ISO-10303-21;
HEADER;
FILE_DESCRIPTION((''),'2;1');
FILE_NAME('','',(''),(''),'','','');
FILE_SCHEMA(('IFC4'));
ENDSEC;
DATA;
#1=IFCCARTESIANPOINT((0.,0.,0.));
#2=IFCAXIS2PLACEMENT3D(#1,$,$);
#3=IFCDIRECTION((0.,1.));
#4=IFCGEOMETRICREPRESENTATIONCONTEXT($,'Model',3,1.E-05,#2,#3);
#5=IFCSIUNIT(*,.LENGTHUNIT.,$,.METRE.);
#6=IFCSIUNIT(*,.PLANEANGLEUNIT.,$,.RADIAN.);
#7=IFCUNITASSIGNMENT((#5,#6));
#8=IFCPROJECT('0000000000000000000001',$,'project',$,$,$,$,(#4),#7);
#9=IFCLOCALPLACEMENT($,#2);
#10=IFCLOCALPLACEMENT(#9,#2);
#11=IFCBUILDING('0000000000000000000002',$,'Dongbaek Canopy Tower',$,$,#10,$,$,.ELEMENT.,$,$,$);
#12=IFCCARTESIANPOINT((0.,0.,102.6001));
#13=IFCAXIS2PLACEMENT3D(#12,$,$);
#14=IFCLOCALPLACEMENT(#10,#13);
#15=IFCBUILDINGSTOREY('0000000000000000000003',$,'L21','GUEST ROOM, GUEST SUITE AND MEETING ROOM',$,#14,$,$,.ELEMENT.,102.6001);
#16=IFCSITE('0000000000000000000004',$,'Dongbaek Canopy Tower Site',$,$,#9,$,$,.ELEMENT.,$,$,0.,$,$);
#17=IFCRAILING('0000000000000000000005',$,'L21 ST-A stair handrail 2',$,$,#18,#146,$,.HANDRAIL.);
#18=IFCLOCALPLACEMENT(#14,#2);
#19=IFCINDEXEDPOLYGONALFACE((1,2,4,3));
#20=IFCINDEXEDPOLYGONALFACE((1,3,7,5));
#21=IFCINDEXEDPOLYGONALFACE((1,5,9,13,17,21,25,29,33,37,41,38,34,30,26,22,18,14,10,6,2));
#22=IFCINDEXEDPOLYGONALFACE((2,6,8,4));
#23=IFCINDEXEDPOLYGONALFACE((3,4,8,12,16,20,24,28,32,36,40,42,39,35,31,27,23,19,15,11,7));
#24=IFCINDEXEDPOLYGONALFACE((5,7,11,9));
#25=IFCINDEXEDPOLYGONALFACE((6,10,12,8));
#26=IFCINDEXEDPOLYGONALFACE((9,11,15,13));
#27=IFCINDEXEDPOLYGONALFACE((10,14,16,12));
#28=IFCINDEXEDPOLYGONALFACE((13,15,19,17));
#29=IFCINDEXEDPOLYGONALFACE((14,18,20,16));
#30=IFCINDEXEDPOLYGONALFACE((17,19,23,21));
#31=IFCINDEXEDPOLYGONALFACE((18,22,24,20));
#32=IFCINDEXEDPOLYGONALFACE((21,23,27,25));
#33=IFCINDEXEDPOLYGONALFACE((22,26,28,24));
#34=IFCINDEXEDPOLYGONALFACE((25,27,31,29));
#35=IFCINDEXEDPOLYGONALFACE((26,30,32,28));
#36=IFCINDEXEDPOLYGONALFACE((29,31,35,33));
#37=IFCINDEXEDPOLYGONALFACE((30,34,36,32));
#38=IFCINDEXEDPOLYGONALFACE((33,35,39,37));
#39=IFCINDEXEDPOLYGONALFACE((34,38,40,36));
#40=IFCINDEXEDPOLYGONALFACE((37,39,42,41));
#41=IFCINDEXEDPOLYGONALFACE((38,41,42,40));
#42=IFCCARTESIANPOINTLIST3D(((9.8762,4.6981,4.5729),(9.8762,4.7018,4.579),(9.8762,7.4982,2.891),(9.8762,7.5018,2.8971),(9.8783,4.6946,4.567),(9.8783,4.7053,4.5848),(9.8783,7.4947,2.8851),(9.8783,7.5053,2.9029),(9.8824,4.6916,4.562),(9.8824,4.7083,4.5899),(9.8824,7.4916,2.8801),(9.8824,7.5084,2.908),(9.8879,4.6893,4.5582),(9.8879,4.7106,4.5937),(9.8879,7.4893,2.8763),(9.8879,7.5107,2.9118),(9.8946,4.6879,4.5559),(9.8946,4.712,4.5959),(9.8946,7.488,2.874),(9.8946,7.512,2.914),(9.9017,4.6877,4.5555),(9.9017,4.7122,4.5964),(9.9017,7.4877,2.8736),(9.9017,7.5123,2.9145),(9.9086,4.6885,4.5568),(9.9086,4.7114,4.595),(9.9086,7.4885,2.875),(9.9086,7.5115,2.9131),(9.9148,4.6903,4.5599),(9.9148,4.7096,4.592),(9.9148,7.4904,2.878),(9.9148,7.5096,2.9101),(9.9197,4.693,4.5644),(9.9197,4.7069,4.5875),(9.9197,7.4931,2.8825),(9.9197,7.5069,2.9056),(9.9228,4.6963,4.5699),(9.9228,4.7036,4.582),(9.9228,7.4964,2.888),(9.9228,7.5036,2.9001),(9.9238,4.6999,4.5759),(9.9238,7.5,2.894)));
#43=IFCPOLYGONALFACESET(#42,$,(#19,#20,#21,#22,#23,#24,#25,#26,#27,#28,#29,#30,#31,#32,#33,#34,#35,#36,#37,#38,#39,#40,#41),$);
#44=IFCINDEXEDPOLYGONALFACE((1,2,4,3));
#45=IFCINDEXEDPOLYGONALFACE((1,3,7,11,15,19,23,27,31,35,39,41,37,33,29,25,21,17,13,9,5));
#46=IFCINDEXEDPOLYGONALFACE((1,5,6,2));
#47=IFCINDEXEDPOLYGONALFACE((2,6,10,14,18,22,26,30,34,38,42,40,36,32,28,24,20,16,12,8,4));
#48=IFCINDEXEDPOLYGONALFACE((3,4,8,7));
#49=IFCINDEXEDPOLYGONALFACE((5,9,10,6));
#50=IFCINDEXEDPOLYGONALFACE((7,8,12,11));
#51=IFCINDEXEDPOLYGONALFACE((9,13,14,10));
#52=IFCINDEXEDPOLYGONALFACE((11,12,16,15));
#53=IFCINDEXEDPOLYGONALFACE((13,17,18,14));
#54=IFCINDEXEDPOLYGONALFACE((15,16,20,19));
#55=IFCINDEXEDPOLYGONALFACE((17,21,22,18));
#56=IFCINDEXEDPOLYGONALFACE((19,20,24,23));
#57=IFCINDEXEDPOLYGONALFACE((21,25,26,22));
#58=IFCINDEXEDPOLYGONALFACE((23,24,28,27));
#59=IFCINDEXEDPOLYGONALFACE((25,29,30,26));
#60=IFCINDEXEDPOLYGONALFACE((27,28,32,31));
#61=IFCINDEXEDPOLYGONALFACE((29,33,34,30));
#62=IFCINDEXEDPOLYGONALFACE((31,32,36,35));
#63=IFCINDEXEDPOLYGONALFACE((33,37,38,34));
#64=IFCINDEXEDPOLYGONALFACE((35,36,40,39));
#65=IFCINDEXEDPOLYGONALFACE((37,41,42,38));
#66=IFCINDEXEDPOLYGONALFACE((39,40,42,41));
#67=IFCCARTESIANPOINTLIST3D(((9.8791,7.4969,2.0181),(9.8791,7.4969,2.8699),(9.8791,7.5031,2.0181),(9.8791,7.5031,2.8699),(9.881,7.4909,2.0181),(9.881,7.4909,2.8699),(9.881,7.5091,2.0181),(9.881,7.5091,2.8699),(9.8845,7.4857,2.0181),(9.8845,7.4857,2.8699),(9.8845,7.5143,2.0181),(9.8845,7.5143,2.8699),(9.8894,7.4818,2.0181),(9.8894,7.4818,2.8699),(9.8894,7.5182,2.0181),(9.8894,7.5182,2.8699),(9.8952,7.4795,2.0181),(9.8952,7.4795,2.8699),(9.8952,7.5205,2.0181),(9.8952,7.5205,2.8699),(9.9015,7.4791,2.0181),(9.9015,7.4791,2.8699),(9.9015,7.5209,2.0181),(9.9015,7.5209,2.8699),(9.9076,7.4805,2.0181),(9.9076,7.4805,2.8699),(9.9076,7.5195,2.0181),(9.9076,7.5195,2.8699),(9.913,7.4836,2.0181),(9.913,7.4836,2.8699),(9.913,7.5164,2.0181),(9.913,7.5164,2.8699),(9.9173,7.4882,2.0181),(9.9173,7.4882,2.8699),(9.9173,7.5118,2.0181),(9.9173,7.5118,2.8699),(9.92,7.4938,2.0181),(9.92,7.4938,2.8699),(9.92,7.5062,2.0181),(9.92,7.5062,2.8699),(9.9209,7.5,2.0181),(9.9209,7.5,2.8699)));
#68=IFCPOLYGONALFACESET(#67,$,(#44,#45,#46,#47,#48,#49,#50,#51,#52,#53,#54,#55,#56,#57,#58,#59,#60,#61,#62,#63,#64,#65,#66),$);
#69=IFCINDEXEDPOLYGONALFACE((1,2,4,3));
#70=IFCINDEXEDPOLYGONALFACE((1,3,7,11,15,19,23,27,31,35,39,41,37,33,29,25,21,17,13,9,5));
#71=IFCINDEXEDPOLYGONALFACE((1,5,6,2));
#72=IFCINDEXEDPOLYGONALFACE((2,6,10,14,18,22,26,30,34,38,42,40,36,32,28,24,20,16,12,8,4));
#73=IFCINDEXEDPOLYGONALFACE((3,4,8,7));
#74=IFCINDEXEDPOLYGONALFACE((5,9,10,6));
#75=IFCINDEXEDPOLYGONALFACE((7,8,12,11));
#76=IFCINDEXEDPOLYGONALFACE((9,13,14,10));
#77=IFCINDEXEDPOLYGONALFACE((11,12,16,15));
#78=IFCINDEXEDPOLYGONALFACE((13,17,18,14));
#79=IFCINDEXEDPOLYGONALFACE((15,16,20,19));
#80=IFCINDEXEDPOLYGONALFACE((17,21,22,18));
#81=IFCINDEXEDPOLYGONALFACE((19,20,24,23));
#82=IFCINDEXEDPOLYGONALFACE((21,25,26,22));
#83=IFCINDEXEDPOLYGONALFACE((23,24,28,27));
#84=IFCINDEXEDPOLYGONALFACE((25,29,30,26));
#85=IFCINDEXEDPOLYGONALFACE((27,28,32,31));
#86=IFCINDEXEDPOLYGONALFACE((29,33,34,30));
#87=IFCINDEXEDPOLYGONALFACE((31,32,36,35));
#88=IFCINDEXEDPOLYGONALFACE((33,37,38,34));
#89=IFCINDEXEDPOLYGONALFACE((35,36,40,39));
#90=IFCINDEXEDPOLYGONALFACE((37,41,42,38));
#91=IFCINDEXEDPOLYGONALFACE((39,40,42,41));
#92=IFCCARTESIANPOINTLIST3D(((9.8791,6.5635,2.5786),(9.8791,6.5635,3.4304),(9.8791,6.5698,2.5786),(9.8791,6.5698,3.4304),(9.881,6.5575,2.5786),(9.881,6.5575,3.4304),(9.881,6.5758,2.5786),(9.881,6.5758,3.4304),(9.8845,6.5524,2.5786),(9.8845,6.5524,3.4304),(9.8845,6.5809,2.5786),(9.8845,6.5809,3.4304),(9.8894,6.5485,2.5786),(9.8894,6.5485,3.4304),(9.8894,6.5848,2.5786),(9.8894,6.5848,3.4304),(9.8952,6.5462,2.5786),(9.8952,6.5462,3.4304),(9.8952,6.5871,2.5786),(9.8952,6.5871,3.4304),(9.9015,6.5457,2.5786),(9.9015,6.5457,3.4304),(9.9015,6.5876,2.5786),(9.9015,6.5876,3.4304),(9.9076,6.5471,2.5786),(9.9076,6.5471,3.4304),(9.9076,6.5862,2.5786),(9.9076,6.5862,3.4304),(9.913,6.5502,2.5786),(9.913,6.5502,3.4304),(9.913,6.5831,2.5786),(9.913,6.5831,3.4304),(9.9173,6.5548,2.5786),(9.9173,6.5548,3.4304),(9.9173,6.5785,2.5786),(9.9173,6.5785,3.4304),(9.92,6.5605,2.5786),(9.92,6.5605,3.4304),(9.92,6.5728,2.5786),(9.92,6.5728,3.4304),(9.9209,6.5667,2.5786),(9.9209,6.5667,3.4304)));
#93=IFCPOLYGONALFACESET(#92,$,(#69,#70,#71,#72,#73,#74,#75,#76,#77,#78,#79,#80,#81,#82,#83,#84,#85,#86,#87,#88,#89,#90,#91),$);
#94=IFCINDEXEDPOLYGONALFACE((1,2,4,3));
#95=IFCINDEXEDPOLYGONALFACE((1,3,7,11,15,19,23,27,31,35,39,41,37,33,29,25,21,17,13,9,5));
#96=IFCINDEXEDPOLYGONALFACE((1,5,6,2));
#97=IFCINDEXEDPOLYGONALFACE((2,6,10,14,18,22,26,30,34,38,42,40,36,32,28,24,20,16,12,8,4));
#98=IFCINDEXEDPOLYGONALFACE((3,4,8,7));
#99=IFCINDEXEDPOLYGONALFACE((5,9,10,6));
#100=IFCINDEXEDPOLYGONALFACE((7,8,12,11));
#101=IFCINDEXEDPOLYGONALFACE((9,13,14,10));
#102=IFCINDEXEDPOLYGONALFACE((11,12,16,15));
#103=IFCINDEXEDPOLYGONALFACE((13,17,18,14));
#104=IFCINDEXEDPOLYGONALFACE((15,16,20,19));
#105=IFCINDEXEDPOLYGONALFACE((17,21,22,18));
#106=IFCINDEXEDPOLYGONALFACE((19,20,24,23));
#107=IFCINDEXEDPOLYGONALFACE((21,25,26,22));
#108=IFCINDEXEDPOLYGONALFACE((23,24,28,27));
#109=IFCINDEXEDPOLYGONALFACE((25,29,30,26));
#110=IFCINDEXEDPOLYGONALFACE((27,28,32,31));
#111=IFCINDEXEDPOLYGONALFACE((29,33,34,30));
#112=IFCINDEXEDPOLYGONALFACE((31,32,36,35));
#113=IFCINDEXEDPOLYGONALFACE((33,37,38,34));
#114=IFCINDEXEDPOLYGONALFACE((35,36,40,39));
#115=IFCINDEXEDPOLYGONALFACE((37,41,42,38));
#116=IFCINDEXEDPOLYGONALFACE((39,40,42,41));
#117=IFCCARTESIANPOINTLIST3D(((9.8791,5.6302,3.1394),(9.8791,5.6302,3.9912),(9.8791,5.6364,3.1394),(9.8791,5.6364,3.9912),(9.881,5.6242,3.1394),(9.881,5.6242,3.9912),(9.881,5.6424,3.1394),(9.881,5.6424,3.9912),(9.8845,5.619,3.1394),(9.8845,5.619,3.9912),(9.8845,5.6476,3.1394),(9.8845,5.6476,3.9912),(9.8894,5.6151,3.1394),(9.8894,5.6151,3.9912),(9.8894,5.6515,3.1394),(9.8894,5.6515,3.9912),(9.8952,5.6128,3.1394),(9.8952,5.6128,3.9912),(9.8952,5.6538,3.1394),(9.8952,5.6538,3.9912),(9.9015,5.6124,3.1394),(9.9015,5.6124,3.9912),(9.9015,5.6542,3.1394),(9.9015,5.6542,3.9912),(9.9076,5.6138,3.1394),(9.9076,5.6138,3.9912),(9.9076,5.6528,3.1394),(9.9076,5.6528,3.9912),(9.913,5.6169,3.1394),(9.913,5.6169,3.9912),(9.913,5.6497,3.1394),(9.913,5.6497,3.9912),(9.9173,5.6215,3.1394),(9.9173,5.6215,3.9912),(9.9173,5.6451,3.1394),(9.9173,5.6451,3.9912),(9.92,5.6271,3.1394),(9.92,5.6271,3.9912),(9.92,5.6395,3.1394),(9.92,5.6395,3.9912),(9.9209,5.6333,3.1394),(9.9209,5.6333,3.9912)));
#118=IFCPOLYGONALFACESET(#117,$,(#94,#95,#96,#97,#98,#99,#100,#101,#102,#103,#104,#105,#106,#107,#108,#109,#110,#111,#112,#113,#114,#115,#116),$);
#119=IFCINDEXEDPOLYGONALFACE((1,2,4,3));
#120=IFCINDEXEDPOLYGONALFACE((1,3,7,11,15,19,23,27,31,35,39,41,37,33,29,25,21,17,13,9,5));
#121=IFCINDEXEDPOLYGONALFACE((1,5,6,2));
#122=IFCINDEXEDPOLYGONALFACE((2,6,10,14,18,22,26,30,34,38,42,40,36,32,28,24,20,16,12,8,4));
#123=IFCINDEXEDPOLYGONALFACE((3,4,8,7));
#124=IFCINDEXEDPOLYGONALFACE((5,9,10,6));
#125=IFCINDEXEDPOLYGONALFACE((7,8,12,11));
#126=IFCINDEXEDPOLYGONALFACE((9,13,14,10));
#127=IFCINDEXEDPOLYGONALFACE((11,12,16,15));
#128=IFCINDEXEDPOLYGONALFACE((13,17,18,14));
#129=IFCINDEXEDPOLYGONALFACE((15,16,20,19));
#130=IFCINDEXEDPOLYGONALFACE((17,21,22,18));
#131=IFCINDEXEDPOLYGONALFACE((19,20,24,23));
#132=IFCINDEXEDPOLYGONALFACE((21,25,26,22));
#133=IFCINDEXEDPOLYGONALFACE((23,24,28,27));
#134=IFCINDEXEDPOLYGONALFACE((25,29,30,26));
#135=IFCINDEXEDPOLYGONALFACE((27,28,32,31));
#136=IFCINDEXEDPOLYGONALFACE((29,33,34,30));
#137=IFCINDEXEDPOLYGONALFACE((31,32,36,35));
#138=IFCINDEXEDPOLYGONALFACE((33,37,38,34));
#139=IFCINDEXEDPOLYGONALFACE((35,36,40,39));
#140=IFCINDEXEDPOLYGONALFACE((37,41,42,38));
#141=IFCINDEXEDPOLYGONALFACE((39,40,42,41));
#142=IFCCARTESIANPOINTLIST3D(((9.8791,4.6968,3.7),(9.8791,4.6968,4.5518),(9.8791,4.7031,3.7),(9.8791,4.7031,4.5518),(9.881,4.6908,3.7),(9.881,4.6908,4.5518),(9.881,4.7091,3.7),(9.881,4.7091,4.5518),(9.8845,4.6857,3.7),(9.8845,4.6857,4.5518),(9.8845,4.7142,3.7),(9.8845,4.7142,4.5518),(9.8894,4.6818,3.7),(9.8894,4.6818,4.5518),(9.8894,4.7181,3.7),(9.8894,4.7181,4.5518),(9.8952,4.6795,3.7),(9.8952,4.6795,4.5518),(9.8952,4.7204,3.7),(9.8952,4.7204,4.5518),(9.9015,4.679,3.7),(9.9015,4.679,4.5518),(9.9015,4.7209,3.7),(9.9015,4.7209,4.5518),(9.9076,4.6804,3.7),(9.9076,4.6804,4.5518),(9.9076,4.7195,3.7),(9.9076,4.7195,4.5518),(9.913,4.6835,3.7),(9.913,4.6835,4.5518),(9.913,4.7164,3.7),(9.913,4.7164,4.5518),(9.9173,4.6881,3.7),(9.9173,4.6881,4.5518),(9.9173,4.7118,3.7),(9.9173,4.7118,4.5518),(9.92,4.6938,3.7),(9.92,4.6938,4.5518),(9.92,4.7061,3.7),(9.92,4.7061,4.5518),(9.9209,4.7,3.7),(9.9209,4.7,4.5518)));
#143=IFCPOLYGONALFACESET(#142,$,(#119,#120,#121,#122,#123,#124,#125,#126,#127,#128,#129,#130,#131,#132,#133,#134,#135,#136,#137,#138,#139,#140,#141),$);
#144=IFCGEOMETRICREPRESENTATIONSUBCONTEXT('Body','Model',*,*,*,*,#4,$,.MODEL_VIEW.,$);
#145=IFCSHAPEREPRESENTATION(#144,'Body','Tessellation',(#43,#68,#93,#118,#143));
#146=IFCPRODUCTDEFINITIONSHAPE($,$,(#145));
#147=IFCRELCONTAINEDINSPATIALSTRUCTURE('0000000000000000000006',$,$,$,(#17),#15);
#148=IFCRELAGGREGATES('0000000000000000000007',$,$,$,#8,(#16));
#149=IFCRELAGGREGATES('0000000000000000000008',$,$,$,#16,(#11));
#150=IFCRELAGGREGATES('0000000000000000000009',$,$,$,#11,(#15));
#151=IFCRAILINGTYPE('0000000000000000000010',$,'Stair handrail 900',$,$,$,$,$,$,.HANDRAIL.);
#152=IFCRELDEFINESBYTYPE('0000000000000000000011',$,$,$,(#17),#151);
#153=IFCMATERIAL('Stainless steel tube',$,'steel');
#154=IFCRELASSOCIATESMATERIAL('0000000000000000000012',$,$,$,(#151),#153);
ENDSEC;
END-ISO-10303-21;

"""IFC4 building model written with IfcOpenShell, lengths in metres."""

from ifc_helpers import new_model, si_unit, direction, frame, origin, origin_2d, place, context, subcontext, project, spatial, circle, extrude, material, type_object, element, save


model = new_model("IFC4")

# Units and contexts
model_context = context("Model", 3, precision=1e-05, world=origin(), true_north=direction((0.0, 1.0)))
body_context = subcontext(model_context, "Body", "Model", "MODEL_VIEW")
ifc_project = project(units=[si_unit("LENGTHUNIT", "METRE"), si_unit("PLANEANGLEUNIT", "RADIAN")], contexts=[model_context])

# Site, building, storey
site_placement = place(None, origin())
site = spatial("IfcSite", under=ifc_project, at=site_placement, Name="Dongbaek Canopy Tower Site", CompositionType="ELEMENT", RefElevation=0.0)
building_placement = place(site_placement, origin())
building = spatial("IfcBuilding", under=site, at=building_placement, Name="Dongbaek Canopy Tower", CompositionType="ELEMENT")
storey_placement = place(building_placement, frame((0.0, 0.0, 102.6001)))
storey = spatial("IfcBuildingStorey", under=building, at=storey_placement, Name="L21", Description="GUEST ROOM, GUEST SUITE AND MEETING ROOM", CompositionType="ELEMENT", Elevation=102.6001)

# Railing
ifc_material_1 = material(Name="Stainless steel tube", Category="steel")
railing_type_1 = type_object("IfcRailingType", Name="Stair handrail 900", PredefinedType="HANDRAIL", material=ifc_material_1)
railing_1_placement = place(storey_placement, frame((9.8999, 7.5, 2.0181)))
element("IfcRailing", 1, at=railing_1_placement, inside=storey, type_object=railing_type_1, Name="L21 ST-A stair handrail 2", PredefinedType="HANDRAIL", context=body_context, shape_type="SweptSolid", body=[
    extrude(circle(Radius=0.0239, at=origin_2d()), frame((0.0, 0.0, 0.876), z_axis=(0.0, -0.857242, 0.514913), x_axis=(1.0, 0.0, 0.0)), (0.0, 0.0, 1.0), 3.2664),
    extrude(circle(Radius=0.021, at=origin_2d()), origin(), (0.0, 0.0, 1.0), 0.8518),
    extrude(circle(Radius=0.021, at=origin_2d()), frame((0.0, -0.9333, 0.5605)), (0.0, 0.0, 1.0), 0.8518),
    extrude(circle(Radius=0.021, at=origin_2d()), frame((0.0, -1.8667, 1.1213)), (0.0, 0.0, 1.0), 0.8518),
    extrude(circle(Radius=0.021, at=origin_2d()), frame((0.0, -2.8, 1.6819)), (0.0, 0.0, 1.0), 0.8518),
])

save(model, "model.ifc")
